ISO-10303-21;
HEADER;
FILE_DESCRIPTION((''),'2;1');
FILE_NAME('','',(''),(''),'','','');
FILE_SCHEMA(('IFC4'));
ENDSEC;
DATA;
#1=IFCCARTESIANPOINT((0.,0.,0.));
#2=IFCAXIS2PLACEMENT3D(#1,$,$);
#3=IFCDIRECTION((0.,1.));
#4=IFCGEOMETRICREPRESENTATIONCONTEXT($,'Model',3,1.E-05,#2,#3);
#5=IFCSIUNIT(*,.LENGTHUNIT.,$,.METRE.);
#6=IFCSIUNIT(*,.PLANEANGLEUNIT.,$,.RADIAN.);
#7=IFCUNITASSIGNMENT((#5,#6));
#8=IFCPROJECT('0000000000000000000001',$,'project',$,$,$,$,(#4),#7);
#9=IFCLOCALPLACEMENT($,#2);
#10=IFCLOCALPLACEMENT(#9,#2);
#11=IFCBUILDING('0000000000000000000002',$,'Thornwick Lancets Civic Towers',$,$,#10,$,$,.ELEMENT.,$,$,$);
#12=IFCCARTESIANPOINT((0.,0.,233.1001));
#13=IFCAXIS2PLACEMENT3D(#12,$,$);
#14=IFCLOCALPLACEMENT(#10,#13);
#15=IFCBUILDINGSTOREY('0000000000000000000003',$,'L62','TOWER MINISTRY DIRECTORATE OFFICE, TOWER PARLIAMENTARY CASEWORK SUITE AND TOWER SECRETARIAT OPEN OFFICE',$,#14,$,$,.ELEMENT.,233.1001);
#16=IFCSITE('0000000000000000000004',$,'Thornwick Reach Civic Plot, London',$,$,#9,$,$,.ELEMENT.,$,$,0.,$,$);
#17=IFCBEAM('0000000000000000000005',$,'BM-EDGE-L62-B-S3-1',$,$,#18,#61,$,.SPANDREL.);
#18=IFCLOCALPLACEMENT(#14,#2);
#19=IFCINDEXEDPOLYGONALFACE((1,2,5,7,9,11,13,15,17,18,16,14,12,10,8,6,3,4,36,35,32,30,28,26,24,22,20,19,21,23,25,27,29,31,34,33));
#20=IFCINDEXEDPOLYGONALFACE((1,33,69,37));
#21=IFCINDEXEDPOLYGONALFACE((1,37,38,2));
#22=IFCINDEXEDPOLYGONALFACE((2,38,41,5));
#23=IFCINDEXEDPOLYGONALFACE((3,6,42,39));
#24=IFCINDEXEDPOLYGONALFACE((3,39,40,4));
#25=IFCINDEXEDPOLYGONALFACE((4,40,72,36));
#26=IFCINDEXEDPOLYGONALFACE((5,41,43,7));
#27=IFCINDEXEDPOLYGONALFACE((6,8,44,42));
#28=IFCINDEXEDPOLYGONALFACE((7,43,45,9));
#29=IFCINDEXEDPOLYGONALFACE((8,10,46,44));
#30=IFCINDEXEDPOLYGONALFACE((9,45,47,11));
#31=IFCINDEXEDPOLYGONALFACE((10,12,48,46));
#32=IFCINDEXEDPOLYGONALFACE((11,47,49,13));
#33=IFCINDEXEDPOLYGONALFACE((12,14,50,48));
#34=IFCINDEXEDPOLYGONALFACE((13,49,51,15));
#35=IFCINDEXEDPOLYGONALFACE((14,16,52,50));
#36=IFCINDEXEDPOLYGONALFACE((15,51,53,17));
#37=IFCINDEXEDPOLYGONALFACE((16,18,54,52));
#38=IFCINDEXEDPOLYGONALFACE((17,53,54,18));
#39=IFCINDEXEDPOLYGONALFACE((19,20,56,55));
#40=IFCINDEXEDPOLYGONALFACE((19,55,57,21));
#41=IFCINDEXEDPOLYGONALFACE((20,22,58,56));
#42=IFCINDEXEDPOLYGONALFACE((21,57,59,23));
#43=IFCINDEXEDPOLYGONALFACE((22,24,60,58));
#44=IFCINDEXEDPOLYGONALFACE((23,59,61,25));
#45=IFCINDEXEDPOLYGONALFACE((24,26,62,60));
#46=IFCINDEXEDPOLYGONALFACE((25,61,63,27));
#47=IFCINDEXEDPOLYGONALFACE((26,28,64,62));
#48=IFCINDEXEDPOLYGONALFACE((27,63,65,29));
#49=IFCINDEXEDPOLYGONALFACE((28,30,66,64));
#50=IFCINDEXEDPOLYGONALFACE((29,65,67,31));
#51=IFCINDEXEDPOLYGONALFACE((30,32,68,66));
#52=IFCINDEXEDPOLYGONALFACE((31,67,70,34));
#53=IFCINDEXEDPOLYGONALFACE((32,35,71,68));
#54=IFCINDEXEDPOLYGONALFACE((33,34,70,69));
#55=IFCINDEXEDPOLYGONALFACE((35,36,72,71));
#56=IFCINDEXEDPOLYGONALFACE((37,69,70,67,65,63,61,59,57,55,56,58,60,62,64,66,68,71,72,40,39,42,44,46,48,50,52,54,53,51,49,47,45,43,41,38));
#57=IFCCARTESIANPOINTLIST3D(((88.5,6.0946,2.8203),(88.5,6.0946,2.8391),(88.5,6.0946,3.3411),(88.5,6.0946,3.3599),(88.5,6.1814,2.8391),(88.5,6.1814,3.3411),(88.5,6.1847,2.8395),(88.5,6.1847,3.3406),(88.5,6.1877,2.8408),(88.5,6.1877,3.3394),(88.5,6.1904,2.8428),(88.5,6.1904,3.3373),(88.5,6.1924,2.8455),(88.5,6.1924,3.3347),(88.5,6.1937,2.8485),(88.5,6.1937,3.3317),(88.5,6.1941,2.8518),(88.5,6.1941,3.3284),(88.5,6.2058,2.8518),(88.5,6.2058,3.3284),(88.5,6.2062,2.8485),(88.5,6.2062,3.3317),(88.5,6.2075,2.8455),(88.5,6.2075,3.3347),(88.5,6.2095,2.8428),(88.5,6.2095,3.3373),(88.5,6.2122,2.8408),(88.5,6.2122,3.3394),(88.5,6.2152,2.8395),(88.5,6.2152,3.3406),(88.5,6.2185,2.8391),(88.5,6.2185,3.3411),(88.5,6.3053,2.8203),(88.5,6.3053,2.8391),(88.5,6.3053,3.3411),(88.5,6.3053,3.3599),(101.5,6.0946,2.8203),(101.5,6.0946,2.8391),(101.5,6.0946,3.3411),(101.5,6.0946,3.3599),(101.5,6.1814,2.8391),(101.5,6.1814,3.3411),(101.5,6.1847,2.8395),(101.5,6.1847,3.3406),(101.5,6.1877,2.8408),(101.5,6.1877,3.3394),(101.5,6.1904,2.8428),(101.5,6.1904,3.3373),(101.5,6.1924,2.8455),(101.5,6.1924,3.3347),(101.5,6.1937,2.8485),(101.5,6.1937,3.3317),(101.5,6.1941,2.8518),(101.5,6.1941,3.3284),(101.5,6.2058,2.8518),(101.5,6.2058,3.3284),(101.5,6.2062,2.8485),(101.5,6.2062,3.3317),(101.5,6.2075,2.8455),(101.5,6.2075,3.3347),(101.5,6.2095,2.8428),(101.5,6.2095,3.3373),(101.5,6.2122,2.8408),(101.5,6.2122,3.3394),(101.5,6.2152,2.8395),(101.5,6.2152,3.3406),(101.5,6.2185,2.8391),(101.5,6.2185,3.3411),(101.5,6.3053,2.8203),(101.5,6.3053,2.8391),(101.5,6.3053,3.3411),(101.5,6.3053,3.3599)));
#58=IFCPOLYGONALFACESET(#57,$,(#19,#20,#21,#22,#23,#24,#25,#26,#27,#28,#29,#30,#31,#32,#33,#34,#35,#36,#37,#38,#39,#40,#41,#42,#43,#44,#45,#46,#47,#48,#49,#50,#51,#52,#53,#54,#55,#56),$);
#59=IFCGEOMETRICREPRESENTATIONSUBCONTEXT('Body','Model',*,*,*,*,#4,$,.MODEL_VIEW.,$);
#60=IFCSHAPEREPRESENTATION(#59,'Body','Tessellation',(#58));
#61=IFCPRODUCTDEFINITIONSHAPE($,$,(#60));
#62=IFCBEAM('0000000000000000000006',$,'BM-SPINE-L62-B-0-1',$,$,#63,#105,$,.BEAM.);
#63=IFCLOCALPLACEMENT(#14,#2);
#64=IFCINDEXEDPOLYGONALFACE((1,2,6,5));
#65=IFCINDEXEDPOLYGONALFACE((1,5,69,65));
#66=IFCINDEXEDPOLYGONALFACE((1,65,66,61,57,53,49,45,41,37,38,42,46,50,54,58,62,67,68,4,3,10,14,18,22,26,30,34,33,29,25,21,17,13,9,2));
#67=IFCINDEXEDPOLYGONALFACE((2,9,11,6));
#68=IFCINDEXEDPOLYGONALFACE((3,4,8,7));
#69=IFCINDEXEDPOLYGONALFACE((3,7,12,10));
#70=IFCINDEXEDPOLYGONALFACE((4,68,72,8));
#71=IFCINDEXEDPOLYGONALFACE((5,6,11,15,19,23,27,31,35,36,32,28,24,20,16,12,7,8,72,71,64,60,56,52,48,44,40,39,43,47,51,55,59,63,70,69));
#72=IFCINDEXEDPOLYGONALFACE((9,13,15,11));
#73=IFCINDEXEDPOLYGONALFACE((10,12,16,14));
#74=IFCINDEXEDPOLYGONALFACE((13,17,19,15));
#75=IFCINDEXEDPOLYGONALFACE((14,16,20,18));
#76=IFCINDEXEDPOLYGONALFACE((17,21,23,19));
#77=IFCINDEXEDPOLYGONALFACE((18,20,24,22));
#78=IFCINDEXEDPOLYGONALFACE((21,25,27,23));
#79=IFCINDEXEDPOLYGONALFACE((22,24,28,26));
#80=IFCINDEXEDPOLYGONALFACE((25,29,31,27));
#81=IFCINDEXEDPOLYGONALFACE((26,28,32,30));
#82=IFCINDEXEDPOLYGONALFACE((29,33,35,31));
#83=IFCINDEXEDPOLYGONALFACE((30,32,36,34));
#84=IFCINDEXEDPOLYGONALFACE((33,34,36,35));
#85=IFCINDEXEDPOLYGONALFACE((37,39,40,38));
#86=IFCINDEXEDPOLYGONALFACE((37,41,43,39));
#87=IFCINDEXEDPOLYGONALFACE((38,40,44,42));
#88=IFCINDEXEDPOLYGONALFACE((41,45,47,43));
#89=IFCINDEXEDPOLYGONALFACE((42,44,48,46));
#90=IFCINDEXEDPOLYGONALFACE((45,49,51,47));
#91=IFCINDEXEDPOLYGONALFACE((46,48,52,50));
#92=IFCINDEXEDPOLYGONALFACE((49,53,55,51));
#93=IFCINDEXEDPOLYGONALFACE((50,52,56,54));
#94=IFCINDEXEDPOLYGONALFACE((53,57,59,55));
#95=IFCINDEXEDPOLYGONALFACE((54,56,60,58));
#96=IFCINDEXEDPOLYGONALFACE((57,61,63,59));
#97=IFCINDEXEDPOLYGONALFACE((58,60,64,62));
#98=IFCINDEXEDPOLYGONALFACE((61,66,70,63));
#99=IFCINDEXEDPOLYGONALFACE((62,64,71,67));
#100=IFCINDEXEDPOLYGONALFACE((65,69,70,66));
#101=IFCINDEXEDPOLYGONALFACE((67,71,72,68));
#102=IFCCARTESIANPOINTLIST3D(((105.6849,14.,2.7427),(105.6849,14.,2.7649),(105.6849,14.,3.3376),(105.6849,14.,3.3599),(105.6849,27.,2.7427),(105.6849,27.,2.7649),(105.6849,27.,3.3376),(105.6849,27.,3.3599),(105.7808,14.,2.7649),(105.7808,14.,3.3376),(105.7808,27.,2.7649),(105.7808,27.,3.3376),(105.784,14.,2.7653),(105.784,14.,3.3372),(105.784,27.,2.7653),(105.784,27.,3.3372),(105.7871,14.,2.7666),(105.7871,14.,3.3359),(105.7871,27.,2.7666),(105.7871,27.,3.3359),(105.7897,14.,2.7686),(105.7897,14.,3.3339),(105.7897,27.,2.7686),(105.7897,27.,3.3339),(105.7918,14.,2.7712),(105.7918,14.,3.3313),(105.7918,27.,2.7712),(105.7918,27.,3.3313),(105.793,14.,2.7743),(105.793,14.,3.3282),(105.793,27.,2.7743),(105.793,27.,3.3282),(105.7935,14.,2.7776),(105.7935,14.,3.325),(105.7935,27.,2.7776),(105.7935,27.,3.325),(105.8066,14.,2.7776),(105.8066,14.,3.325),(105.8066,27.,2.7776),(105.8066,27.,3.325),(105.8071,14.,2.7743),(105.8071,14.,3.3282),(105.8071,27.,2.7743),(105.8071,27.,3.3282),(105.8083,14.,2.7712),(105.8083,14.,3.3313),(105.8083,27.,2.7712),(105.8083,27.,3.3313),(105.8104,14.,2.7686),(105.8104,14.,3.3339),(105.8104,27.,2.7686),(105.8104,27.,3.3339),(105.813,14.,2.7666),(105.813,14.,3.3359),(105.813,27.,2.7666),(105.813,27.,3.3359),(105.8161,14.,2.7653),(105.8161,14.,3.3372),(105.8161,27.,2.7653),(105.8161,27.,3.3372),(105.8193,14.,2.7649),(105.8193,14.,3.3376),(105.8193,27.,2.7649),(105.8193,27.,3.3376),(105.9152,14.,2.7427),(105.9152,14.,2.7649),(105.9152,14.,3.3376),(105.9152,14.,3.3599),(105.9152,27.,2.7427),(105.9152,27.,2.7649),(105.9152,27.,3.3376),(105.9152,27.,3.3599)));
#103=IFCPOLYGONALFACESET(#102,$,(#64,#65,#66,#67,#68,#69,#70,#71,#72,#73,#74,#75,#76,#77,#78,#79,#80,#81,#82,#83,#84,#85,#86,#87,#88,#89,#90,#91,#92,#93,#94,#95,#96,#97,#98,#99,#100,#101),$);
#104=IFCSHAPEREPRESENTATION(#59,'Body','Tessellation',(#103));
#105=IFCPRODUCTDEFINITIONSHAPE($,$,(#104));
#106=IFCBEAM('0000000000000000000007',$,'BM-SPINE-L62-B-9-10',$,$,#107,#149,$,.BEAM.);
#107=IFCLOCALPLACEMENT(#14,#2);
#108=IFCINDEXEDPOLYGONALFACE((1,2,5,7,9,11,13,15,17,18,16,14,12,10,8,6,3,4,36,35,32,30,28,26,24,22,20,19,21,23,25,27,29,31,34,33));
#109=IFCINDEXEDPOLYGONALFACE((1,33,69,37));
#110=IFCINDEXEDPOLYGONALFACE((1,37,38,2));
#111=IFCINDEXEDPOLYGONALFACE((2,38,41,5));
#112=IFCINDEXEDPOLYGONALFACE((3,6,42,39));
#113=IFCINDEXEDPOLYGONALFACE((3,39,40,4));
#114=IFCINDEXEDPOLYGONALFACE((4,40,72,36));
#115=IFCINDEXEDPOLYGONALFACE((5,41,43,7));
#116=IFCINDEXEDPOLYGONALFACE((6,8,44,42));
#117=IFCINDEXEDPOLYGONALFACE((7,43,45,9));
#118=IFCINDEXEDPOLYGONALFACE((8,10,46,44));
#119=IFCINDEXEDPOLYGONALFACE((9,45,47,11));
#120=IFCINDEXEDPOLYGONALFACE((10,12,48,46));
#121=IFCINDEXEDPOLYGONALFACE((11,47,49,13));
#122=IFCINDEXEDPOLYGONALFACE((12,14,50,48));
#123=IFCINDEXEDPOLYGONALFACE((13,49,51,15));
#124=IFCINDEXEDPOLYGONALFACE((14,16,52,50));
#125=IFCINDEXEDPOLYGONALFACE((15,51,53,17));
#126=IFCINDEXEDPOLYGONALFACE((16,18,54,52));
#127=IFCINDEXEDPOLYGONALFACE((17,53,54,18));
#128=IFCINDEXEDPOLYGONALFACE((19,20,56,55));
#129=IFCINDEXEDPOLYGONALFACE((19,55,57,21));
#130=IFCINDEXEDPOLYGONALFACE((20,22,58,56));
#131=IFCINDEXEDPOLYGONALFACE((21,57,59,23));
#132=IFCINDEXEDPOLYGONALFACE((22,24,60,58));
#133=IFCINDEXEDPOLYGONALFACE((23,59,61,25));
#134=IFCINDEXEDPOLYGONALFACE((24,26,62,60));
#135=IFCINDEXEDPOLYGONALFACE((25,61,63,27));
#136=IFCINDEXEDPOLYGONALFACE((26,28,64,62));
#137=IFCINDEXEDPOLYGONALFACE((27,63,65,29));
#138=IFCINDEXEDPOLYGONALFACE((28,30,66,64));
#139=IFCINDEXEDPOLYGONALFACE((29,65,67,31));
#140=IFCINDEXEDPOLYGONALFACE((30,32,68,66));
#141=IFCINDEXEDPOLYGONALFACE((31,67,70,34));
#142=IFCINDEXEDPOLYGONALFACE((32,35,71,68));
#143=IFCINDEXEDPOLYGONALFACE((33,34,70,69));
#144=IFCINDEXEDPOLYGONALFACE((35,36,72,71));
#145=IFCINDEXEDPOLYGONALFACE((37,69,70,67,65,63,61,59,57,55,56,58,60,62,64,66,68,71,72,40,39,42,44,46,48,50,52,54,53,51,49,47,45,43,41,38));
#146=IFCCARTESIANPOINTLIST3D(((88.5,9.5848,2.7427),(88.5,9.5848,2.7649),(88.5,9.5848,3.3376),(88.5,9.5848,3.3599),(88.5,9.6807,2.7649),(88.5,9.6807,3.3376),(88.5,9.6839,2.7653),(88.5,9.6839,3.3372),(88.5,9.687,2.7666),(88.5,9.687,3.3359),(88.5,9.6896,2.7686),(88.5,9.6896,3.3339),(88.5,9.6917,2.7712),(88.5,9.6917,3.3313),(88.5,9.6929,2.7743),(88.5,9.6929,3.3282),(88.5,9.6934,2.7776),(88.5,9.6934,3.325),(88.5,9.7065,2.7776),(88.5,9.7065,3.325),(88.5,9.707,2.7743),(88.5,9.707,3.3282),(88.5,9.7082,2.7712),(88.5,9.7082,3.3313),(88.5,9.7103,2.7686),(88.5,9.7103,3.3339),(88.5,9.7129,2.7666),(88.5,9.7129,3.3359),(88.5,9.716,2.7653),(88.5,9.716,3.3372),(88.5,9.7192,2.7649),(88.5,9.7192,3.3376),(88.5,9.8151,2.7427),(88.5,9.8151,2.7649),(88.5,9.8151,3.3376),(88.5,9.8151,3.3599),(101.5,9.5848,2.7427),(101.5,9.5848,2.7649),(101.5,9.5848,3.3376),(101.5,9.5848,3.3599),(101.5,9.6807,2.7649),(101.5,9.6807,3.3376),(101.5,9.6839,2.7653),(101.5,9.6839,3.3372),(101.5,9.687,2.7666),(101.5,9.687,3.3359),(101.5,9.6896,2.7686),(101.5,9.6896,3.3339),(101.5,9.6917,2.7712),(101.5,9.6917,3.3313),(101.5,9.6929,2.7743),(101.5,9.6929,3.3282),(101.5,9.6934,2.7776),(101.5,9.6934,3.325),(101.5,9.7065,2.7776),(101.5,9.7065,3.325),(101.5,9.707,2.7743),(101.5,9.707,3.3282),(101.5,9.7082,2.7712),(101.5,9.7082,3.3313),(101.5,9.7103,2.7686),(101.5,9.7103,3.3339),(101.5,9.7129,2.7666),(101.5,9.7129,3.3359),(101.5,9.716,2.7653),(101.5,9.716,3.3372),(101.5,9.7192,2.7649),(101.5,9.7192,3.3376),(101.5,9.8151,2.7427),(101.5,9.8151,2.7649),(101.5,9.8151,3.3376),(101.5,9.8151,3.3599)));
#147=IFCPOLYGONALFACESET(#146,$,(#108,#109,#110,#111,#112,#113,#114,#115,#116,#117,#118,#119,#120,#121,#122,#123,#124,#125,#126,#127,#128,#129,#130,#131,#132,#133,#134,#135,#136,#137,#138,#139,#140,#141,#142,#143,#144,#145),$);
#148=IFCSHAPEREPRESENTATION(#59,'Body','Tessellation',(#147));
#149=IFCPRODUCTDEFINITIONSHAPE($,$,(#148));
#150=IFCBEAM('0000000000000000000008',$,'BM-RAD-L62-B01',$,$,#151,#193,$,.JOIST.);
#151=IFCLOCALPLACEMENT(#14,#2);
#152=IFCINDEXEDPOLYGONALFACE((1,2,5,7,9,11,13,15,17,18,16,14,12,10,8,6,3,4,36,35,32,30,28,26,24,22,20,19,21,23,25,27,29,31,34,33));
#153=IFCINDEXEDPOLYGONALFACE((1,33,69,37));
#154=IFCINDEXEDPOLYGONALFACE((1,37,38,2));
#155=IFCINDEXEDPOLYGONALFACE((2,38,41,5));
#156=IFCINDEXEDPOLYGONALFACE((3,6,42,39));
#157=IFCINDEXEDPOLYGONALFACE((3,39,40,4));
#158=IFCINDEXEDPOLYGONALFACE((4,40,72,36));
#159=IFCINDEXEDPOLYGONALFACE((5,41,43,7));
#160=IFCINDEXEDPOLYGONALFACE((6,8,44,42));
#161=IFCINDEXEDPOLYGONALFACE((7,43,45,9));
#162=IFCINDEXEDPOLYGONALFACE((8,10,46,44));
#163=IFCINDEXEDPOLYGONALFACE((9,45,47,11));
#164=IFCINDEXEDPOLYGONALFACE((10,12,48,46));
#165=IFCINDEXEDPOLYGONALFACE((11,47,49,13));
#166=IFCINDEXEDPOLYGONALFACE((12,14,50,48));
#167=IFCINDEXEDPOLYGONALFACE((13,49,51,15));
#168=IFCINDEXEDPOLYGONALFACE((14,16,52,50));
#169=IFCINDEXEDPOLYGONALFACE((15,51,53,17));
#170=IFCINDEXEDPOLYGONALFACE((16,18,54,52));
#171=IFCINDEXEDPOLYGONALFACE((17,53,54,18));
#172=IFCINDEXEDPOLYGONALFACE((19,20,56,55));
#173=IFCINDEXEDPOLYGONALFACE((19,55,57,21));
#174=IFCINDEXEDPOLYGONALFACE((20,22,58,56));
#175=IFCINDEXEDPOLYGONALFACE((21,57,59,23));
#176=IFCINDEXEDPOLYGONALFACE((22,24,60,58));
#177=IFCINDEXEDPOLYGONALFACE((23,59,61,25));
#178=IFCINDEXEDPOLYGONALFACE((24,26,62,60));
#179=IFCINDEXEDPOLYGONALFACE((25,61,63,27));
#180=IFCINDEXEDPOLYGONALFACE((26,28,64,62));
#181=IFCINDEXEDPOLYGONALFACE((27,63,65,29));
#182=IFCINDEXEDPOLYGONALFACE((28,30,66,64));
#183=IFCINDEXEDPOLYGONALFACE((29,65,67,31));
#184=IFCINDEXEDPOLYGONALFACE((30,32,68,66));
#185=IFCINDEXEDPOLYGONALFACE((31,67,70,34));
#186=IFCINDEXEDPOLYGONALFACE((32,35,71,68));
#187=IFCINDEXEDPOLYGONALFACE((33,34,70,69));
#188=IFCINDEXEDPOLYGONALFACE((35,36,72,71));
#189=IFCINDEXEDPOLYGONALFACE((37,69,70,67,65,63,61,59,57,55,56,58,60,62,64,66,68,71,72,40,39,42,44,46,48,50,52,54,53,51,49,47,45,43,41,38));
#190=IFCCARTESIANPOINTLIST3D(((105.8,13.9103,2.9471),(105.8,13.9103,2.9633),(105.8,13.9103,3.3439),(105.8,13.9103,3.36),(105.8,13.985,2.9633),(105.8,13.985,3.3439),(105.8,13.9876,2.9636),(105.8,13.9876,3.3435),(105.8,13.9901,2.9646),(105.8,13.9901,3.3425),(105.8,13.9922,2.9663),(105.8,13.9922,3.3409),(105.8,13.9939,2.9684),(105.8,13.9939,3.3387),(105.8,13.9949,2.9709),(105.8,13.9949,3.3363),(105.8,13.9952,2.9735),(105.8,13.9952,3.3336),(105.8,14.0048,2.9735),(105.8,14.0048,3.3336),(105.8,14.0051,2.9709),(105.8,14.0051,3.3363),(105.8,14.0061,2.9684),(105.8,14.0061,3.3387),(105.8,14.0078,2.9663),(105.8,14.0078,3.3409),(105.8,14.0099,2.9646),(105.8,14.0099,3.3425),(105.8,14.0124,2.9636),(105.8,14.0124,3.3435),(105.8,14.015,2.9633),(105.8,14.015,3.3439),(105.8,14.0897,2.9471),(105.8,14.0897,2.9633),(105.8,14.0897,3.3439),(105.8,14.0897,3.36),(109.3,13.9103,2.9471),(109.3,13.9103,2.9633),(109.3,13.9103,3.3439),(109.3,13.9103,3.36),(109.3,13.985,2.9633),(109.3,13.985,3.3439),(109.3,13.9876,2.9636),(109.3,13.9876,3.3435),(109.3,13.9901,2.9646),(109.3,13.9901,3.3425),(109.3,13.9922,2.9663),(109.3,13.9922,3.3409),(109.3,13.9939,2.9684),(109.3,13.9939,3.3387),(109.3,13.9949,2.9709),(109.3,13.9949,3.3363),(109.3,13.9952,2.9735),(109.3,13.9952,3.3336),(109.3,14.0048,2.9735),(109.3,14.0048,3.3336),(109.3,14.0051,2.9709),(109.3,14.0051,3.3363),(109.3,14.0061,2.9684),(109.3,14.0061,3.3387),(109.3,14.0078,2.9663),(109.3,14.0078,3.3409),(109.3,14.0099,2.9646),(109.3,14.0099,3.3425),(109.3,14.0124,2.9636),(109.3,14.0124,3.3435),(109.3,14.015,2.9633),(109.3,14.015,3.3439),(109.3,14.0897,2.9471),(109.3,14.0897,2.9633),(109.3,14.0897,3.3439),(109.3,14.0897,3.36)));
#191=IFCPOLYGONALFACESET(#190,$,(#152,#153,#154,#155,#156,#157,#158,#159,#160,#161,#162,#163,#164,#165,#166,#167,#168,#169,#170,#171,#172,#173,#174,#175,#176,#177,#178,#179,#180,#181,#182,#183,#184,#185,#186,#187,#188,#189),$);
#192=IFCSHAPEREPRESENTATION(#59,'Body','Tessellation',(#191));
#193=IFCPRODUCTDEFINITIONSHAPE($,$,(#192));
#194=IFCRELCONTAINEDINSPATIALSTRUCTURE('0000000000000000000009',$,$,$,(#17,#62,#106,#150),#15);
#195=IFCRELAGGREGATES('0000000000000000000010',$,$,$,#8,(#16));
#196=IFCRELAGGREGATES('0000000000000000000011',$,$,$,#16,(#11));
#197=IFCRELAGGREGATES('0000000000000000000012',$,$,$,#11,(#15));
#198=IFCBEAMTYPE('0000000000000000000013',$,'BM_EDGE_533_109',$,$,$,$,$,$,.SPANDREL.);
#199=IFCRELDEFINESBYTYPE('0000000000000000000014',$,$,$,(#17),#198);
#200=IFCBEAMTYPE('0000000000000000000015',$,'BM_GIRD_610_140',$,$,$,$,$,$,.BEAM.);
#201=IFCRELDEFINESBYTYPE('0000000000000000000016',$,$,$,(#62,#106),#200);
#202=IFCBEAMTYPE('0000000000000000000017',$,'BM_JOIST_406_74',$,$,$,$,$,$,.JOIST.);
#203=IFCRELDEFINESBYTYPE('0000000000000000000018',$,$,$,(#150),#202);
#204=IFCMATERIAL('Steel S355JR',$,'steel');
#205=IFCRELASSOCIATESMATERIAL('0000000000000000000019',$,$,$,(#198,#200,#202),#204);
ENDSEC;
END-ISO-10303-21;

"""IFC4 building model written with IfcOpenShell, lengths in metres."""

from ifc_helpers import new_model, si_unit, direction, frame, origin, origin_2d, place, context, subcontext, project, spatial, i_section, extrude, material, material_profile, profile_set, type_object, element, save


model = new_model("IFC4")

# Units and contexts
model_context = context("Model", 3, precision=1e-05, world=origin(), true_north=direction((0.0, 1.0)))
body_context = subcontext(model_context, "Body", "Model", "MODEL_VIEW")
ifc_project = project(units=[si_unit("LENGTHUNIT", "METRE"), si_unit("PLANEANGLEUNIT", "RADIAN")], contexts=[model_context])

# Site, building, storey
site_placement = place(None, origin())
site = spatial("IfcSite", under=ifc_project, at=site_placement, Name="Thornwick Reach Civic Plot, London", CompositionType="ELEMENT", RefElevation=0.0)
building_placement = place(site_placement, origin())
building = spatial("IfcBuilding", under=site, at=building_placement, Name="Thornwick Lancets Civic Towers", CompositionType="ELEMENT")
storey_placement = place(building_placement, frame((0.0, 0.0, 233.1001)))
storey = spatial("IfcBuildingStorey", under=building, at=storey_placement, Name="L62", Description="TOWER MINISTRY DIRECTORATE OFFICE, TOWER PARLIAMENTARY CASEWORK SUITE AND TOWER SECRETARIAT OPEN OFFICE", CompositionType="ELEMENT", Elevation=233.1001)

# Shared definitions
ifc_material_1 = material(Name="Steel S355JR", Category="steel")

# Beams
ifc_material_profile_1 = material_profile(ifc_material_1, i_section(OverallWidth=0.2107, OverallDepth=0.5396, WebThickness=0.0117, FlangeThickness=0.0188, FilletRadius=0.0127, at=origin_2d()), Name="UKB 533x210x109")
ifc_profile_set_1 = profile_set([ifc_material_profile_1], Name="Steel S355JR")
beam_type_1 = type_object("IfcBeamType", Name="BM_EDGE_533_109", PredefinedType="SPANDREL", material=ifc_profile_set_1)
for number, where, z_axis, x_axis, name in (
    (1, (101.5, 6.2, 3.0901), (-1.0, 0.0, 0.0), (0.0, -1.0, 0.0), "BM-EDGE-L62-B-S3-1"),
):
    element("IfcBeam", number, at=place(storey_placement, frame(where, z_axis=z_axis, x_axis=x_axis)), inside=storey, type_object=beam_type_1, Name=name, PredefinedType="SPANDREL", context=body_context, shape_type="SweptSolid", body=[
        extrude(i_section(OverallWidth=0.2107, OverallDepth=0.5396, WebThickness=0.0117, FlangeThickness=0.0188, FilletRadius=0.0127, at=origin_2d()), origin(), (0.0, 0.0, 1.0), 13.0),
    ])
ifc_material_profile_2 = material_profile(ifc_material_1, i_section(OverallWidth=0.2302, OverallDepth=0.6172, WebThickness=0.0132, FlangeThickness=0.0222, FilletRadius=0.0127, at=origin_2d()), Name="UKB 610x229x140")
ifc_profile_set_2 = profile_set([ifc_material_profile_2], Name="Steel S355JR")
beam_type_2 = type_object("IfcBeamType", Name="BM_GIRD_610_140", PredefinedType="BEAM", material=ifc_profile_set_2)
for number, where, z_axis, x_axis, name in (
    (2, (105.8, 14.0, 3.0513), (0.0, 1.0, 0.0), (-1.0, 0.0, 0.0), "BM-SPINE-L62-B-0-1"),
    (3, (101.5, 9.7, 3.0513), (-1.0, 0.0, 0.0), (0.0, -1.0, 0.0), "BM-SPINE-L62-B-9-10"),
):
    element("IfcBeam", number, at=place(storey_placement, frame(where, z_axis=z_axis, x_axis=x_axis)), inside=storey, type_object=beam_type_2, Name=name, PredefinedType="BEAM", context=body_context, shape_type="SweptSolid", body=[
        extrude(i_section(OverallWidth=0.2302, OverallDepth=0.6172, WebThickness=0.0132, FlangeThickness=0.0222, FilletRadius=0.0127, at=origin_2d()), origin(), (0.0, 0.0, 1.0), 13.0),
    ])
ifc_material_profile_3 = material_profile(ifc_material_1, i_section(OverallWidth=0.1794, OverallDepth=0.4128, WebThickness=0.0095, FlangeThickness=0.0161, FilletRadius=0.0103, at=origin_2d()), Name="UKB 406x178x74")
ifc_profile_set_3 = profile_set([ifc_material_profile_3], Name="Steel S355JR")
beam_type_3 = type_object("IfcBeamType", Name="BM_JOIST_406_74", PredefinedType="JOIST", material=ifc_profile_set_3)
for number, where, z_axis, x_axis, name in (
    (4, (105.8, 14.0, 3.1536), (1.0, 0.0, 0.0), (0.0, 1.0, 0.0), "BM-RAD-L62-B01"),
):
    element("IfcBeam", number, at=place(storey_placement, frame(where, z_axis=z_axis, x_axis=x_axis)), inside=storey, type_object=beam_type_3, Name=name, PredefinedType="JOIST", context=body_context, shape_type="SweptSolid", body=[
        extrude(i_section(OverallWidth=0.1794, OverallDepth=0.4128, WebThickness=0.0095, FlangeThickness=0.0161, FilletRadius=0.0103, at=origin_2d()), origin(), (0.0, 0.0, 1.0), 3.5),
    ])

save(model, "model.ifc")
